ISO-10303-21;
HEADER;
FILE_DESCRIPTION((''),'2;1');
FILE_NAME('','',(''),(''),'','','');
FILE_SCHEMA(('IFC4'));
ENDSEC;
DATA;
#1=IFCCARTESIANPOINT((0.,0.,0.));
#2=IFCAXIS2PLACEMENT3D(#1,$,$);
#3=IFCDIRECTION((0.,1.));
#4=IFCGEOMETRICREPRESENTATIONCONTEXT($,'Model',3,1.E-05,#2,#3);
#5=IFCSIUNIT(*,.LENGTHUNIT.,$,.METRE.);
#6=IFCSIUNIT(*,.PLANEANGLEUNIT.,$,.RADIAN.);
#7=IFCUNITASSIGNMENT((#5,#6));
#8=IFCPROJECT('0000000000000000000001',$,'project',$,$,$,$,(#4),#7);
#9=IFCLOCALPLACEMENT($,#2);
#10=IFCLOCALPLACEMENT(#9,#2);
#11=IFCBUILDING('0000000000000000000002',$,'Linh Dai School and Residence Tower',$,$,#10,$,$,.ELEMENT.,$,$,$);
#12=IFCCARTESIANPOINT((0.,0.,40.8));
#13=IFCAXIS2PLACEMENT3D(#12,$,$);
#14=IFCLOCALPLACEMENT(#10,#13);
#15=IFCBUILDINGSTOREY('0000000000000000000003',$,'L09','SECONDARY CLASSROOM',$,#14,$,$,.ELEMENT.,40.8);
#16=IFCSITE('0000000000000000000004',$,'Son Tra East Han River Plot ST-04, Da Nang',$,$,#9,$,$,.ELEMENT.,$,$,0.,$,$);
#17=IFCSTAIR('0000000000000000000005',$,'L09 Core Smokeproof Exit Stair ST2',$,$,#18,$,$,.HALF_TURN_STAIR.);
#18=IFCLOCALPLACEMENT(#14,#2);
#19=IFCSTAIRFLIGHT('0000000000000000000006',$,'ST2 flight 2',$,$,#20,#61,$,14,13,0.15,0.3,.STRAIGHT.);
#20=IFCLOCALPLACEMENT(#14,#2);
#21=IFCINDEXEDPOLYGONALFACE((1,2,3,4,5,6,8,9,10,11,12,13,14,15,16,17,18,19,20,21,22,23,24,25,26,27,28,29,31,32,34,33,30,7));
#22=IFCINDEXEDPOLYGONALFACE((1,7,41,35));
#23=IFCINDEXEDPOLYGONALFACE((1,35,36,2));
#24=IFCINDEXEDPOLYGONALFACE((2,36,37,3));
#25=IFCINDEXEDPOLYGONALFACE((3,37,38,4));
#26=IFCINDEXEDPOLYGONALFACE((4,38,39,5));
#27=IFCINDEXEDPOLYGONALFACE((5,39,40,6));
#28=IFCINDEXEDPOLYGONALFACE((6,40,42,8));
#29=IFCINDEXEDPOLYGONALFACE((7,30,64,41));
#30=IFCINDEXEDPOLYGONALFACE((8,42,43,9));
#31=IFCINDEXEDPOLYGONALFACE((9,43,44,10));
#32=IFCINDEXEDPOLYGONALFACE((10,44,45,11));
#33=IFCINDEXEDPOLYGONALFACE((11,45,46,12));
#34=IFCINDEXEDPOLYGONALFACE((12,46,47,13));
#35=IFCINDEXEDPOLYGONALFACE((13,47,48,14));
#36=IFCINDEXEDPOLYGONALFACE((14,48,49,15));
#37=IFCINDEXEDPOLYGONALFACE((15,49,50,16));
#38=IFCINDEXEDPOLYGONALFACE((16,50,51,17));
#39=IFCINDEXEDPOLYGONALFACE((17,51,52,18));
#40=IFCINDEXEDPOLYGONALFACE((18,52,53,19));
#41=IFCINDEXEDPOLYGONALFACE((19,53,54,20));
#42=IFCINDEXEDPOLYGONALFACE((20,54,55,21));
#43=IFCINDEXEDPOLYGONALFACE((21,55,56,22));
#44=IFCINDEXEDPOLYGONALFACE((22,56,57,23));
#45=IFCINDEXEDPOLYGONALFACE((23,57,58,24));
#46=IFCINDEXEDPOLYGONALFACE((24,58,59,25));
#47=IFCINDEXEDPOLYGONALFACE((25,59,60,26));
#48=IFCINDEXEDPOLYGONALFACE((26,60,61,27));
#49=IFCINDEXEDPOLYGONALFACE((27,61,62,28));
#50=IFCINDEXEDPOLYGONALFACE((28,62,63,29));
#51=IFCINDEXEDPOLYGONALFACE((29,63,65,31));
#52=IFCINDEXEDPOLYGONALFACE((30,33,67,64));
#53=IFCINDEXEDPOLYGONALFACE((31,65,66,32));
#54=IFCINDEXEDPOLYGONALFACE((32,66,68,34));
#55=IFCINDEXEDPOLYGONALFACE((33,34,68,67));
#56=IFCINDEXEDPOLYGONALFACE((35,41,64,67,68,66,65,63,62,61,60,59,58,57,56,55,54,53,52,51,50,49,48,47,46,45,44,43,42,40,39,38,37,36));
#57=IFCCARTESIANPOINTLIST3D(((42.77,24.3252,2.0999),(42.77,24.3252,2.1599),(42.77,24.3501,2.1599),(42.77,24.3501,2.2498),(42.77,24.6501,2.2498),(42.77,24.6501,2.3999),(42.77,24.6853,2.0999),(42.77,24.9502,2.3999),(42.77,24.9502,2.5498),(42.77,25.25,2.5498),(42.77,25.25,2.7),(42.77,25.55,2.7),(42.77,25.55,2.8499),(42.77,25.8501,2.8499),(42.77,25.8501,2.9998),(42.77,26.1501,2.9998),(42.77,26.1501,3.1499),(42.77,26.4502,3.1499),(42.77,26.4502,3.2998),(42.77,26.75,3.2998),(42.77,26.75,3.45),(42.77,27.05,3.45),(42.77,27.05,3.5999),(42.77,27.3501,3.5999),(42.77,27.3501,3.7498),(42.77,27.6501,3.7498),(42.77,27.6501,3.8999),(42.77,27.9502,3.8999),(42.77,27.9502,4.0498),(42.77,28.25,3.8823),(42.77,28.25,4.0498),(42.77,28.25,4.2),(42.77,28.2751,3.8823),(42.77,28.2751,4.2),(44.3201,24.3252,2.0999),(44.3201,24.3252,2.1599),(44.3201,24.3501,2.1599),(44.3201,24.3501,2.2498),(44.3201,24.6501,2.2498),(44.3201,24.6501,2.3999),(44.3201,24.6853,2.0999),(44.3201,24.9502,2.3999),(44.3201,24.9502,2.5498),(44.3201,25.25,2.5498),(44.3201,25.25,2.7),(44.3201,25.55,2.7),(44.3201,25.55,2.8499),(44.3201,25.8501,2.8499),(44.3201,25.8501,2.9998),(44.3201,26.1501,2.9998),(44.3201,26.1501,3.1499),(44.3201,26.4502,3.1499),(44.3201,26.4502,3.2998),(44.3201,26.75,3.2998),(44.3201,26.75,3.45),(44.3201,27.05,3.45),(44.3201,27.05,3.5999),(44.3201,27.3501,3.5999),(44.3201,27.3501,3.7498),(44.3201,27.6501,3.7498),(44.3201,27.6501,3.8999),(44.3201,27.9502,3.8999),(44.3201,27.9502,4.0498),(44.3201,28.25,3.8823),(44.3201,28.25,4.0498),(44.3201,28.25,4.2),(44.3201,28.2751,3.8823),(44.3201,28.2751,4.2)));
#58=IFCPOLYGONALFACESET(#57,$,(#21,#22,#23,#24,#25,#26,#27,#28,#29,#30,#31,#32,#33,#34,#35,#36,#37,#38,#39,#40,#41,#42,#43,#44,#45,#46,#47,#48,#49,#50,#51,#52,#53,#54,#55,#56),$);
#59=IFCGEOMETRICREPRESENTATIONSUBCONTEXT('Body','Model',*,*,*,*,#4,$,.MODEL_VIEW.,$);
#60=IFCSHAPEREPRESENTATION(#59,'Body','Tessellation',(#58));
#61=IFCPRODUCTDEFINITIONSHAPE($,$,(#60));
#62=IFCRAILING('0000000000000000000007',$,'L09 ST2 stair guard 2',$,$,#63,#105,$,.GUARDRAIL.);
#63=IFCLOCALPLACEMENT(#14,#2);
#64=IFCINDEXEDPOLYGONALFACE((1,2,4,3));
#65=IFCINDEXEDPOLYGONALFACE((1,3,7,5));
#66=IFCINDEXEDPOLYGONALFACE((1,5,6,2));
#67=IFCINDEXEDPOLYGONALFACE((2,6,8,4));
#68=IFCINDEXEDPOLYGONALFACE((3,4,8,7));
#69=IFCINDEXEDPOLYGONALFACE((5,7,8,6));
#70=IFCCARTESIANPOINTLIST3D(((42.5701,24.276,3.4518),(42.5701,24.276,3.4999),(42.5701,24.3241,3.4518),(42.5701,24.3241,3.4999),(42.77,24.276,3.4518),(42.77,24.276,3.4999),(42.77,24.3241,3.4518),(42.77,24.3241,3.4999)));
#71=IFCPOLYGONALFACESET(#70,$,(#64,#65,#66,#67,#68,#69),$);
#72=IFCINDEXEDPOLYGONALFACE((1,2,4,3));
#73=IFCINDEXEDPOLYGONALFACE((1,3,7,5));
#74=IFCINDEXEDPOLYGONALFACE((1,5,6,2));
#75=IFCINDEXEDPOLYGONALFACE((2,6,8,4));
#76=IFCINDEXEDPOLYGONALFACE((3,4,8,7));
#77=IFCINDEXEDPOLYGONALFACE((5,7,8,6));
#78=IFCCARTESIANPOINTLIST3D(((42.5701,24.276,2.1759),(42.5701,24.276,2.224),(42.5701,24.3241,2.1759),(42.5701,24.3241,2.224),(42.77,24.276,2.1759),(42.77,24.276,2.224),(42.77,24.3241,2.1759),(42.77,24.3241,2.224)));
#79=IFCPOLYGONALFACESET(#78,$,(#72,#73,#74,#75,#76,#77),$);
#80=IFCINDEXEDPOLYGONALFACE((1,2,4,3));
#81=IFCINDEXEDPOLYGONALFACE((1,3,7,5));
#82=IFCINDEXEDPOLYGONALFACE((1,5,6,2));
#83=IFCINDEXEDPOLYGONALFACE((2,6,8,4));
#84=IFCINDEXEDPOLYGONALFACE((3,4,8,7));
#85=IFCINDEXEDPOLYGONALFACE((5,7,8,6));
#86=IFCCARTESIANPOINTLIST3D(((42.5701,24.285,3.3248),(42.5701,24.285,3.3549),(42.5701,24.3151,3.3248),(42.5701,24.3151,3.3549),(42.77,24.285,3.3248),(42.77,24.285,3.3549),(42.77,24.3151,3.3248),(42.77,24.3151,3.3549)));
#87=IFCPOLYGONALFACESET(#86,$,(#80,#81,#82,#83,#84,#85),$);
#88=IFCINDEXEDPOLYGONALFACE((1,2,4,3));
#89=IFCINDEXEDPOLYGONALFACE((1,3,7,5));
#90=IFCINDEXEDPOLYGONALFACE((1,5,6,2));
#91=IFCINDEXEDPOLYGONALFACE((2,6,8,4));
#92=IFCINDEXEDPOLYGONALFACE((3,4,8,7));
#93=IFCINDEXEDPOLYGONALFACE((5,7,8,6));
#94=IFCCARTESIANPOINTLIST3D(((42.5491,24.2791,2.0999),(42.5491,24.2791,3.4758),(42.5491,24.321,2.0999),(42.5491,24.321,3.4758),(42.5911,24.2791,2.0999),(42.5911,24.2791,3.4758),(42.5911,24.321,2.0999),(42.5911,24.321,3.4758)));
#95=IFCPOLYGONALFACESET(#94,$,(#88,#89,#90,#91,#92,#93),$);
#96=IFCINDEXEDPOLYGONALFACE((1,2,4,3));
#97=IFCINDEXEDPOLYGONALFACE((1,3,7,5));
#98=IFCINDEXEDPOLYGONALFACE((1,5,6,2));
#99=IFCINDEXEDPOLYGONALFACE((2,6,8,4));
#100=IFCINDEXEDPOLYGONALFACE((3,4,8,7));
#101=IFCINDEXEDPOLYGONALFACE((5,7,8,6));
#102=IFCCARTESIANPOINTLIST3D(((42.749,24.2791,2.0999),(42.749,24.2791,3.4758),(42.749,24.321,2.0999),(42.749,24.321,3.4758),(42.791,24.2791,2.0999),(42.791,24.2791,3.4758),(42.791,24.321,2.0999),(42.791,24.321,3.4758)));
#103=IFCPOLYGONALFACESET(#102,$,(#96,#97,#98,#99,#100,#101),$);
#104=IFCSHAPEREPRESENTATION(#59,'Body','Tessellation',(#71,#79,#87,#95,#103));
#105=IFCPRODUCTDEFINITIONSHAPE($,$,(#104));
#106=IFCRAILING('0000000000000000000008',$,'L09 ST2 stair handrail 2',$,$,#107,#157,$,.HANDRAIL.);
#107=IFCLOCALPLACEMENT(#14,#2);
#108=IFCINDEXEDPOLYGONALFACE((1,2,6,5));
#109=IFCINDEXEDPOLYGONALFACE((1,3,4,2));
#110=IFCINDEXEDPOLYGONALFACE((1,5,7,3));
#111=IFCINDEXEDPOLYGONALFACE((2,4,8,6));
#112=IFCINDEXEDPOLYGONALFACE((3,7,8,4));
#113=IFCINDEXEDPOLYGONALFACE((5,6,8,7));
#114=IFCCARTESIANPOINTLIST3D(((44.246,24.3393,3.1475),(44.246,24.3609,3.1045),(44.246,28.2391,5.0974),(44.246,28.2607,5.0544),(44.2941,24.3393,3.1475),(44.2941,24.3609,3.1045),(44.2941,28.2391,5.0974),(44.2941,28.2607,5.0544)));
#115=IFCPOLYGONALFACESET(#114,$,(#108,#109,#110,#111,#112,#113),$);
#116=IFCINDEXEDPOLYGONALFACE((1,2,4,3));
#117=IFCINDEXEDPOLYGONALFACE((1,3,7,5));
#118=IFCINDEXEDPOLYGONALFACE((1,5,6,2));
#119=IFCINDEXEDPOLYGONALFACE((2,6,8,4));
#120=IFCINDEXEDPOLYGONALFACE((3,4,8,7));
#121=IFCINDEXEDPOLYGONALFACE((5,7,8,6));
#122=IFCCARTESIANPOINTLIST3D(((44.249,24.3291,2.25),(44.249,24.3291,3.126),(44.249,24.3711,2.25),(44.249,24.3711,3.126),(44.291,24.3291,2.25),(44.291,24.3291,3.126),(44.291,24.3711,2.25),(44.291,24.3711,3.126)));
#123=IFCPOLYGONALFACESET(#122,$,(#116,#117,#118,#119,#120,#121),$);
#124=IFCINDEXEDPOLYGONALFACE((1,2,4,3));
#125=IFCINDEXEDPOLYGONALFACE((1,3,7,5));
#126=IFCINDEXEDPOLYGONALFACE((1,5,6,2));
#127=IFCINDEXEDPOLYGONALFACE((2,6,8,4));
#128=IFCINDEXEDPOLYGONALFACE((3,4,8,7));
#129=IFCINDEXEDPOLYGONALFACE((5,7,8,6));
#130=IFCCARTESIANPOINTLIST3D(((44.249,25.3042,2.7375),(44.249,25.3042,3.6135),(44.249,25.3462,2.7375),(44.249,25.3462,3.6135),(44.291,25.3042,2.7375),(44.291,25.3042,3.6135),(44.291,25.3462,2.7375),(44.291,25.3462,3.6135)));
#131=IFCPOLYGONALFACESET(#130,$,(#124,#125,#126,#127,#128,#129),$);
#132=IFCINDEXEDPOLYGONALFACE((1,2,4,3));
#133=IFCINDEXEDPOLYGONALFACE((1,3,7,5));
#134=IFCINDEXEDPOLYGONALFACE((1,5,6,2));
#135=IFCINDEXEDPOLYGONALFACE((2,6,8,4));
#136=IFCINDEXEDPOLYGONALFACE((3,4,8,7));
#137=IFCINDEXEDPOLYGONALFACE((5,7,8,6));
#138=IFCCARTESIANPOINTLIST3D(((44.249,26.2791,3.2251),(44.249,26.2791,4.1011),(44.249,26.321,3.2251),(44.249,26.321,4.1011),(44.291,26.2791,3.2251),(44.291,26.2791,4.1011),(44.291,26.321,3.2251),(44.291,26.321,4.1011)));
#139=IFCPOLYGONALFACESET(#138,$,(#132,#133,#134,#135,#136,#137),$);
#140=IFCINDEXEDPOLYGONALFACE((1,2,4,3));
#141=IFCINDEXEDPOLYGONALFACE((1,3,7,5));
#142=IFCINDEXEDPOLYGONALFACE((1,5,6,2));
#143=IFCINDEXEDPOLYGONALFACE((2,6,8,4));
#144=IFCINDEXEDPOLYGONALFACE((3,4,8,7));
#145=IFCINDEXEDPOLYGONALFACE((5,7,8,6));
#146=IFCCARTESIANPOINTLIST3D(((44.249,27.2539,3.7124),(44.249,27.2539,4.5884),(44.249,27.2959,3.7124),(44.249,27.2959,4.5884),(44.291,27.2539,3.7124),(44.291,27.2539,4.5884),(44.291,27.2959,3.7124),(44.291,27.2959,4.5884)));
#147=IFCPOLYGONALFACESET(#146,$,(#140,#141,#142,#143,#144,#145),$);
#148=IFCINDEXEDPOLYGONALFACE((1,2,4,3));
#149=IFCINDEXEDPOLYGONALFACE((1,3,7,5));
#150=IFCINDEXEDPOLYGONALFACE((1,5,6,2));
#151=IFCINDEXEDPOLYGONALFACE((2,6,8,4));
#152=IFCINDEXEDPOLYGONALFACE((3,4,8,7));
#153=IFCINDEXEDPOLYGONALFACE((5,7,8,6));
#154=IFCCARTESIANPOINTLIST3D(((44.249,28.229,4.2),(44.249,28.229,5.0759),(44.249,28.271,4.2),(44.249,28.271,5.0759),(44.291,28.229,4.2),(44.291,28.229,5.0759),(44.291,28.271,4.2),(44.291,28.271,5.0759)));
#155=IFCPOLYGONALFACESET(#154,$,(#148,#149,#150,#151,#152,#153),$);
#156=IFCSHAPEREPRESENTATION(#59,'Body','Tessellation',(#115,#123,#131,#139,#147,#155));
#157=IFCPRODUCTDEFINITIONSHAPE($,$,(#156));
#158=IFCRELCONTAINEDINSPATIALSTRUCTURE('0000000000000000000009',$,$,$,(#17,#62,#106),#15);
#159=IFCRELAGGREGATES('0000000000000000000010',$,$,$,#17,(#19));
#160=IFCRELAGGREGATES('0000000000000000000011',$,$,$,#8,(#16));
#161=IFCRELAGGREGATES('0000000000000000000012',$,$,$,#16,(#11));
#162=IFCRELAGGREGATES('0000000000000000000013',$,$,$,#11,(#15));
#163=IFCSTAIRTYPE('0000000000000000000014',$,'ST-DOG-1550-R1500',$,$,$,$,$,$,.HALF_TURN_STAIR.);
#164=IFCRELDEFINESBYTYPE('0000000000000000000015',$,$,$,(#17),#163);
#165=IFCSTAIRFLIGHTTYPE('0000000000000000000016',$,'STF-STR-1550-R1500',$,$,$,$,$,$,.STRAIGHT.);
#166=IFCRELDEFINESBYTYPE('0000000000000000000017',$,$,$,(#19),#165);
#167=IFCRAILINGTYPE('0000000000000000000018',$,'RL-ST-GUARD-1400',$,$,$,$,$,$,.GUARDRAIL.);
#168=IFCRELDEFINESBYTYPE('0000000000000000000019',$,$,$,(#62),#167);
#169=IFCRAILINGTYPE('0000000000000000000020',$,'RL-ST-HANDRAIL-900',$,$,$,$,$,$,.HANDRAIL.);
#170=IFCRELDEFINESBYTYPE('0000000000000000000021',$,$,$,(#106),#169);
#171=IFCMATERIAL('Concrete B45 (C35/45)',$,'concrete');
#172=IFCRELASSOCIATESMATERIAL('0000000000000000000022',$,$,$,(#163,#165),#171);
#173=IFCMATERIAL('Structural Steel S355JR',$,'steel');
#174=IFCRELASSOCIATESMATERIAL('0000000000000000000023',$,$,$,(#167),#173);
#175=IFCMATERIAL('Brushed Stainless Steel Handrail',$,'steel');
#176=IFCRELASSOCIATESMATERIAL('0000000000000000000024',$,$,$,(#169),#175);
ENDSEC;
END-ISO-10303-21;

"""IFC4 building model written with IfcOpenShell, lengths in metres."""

from ifc_helpers import new_model, si_unit, direction, frame, origin, origin_2d, place, context, subcontext, project, spatial, polyline, rectangle, outline, extrude, source, transform, mapped, material, type_object, element, aggregate, save


model = new_model("IFC4")

# Units and contexts
model_context = context("Model", 3, precision=1e-05, world=origin(), true_north=direction((0.0, 1.0)))
body_context = subcontext(model_context, "Body", "Model", "MODEL_VIEW")
ifc_project = project(units=[si_unit("LENGTHUNIT", "METRE"), si_unit("PLANEANGLEUNIT", "RADIAN")], contexts=[model_context])

# Site, building, storey
site_placement = place(None, origin())
site = spatial("IfcSite", under=ifc_project, at=site_placement, Name="Son Tra East Han River Plot ST-04, Da Nang", CompositionType="ELEMENT", RefElevation=0.0)
building_placement = place(site_placement, origin())
building = spatial("IfcBuilding", under=site, at=building_placement, Name="Linh Dai School and Residence Tower", CompositionType="ELEMENT")
storey_placement = place(building_placement, frame((0.0, 0.0, 40.8)))
storey = spatial("IfcBuildingStorey", under=building, at=storey_placement, Name="L09", Description="SECONDARY CLASSROOM", CompositionType="ELEMENT", Elevation=40.8)

# Shared definitions
ifc_material_1 = material(Name="Structural Steel S355JR", Category="steel")

# Shared definitions
ifc_material_2 = material(Name="Concrete B45 (C35/45)", Category="concrete")

# Stair, stair flight
stair_type = type_object("IfcStairType", Name="ST-DOG-1550-R1500", PredefinedType="HALF_TURN_STAIR", material=ifc_material_2)
stair_placement = place(storey_placement, origin())
stair = element("IfcStair", 1, at=stair_placement, inside=storey, type_object=stair_type, Name="L09 Core Smokeproof Exit Stair ST2", PredefinedType="HALF_TURN_STAIR")
stair_flight_type = type_object("IfcStairFlightType", Name="STF-STR-1550-R1500", PredefinedType="STRAIGHT", material=ifc_material_2)
shared_shape_1 = source(origin(), body_context, "Body", "SweptSolid", [
    extrude(outline(polyline([(-0.0249, 0.0), (-0.0249, 0.0601), (0.0, 0.0601), (0.0, 0.1499), (0.3, 0.1499), (0.3, 0.3), (0.6001, 0.3), (0.6001, 0.45), (0.8999, 0.45), (0.8999, 0.6001), (1.2, 0.6001), (1.2, 0.75), (1.5, 0.75), (1.5, 0.8999), (1.8, 0.8999), (1.8, 1.05), (2.1001, 1.05), (2.1001, 1.2), (2.3999, 1.2), (2.3999, 1.3501), (2.7, 1.3501), (2.7, 1.5), (3.0, 1.5), (3.0, 1.6499), (3.3, 1.6499), (3.3, 1.8), (3.6001, 1.8), (3.6001, 1.95), (3.8999, 1.95), (3.8999, 2.1001), (3.925, 2.1001), (3.925, 1.7825), (3.8999, 1.7825), (0.3352, 0.0), (-0.0249, 0.0)])), frame((0.0, 0.7749, 0.0), z_axis=(0.0, -1.0, 0.0), x_axis=(1.0, 0.0, 0.0)), (0.0, 0.0, 1.0), 1.55),
])
stair_flight_placement = place(storey_placement, frame((43.5449, 24.3501, 2.0999), z_axis=(0.0, 0.0, 1.0), x_axis=(0.0, 1.0, 0.0)))
stair_flight = element("IfcStairFlight", 2, at=stair_flight_placement, type_object=stair_flight_type, Name="ST2 flight 2", NumberOfRisers=14, NumberOfTreads=13, PredefinedType="STRAIGHT", RiserHeight=0.15, TreadLength=0.3, context=body_context, shape_type="MappedRepresentation", body=[
    mapped(shared_shape_1, transform((0.0, 0.0, 0.0), x_axis=(1.0, 0.0, 0.0), y_axis=(0.0, 1.0, 0.0), z_axis=(0.0, 0.0, 1.0), scale=1.0)),
])
aggregate(stair, [stair_flight])

# Railings
railing_type_1 = type_object("IfcRailingType", Name="RL-ST-GUARD-1400", PredefinedType="GUARDRAIL", material=ifc_material_1)
shared_shape_2 = source(origin(), body_context, "Body", "SweptSolid", [
    extrude(rectangle(XDim=0.0481, YDim=0.0481, at=origin_2d()), frame((0.0, 0.0, 1.376), z_axis=(1.0, 0.0, 0.0), x_axis=(0.0, 1.0, 0.0)), (0.0, 0.0, 1.0), 0.2),
    extrude(rectangle(XDim=0.0481, YDim=0.0481, at=origin_2d()), frame((0.0, 0.0, 0.1001), z_axis=(1.0, 0.0, 0.0), x_axis=(0.0, 1.0, 0.0)), (0.0, 0.0, 1.0), 0.2),
    extrude(rectangle(XDim=0.03, YDim=0.03, at=origin_2d()), frame((0.0, 0.0, 1.24), z_axis=(1.0, 0.0, 0.0), x_axis=(0.0, 1.0, 0.0)), (0.0, 0.0, 1.0), 0.2),
    extrude(rectangle(XDim=0.042, YDim=0.042, at=origin_2d()), origin(), (0.0, 0.0, 1.0), 1.376),
    extrude(rectangle(XDim=0.042, YDim=0.042, at=origin_2d()), frame((0.2, 0.0, 0.0)), (0.0, 0.0, 1.0), 1.376),
])
railing_1_placement = place(storey_placement, frame((42.5701, 24.3, 2.0999)))
element("IfcRailing", 3, at=railing_1_placement, inside=storey, type_object=railing_type_1, Name="L09 ST2 stair guard 2", PredefinedType="GUARDRAIL", context=body_context, shape_type="MappedRepresentation", body=[
    mapped(shared_shape_2, transform((0.0, 0.0, 0.0), x_axis=(1.0, 0.0, 0.0), y_axis=(0.0, 1.0, 0.0), z_axis=(0.0, 0.0, 1.0), scale=1.0)),
])
ifc_material_3 = material(Name="Brushed Stainless Steel Handrail", Category="steel")
railing_type_2 = type_object("IfcRailingType", Name="RL-ST-HANDRAIL-900", PredefinedType="HANDRAIL", material=ifc_material_3)
shared_shape_3 = source(origin(), body_context, "Body", "SweptSolid", [
    extrude(rectangle(XDim=0.0481, YDim=0.0481, at=origin_2d()), frame((0.0, 0.0, 0.876), z_axis=(0.0, 0.894427, 0.447214), x_axis=(-1.0, 0.0, 0.0)), (0.0, 0.0, 1.0), 4.3601),
    extrude(rectangle(XDim=0.042, YDim=0.042, at=origin_2d()), origin(), (0.0, 0.0, 1.0), 0.876),
    extrude(rectangle(XDim=0.042, YDim=0.042, at=origin_2d()), frame((0.0, 0.9751, 0.4875)), (0.0, 0.0, 1.0), 0.876),
    extrude(rectangle(XDim=0.042, YDim=0.042, at=origin_2d()), frame((0.0, 1.95, 0.9751)), (0.0, 0.0, 1.0), 0.876),
    extrude(rectangle(XDim=0.042, YDim=0.042, at=origin_2d()), frame((0.0, 2.9248, 1.4624)), (0.0, 0.0, 1.0), 0.876),
    extrude(rectangle(XDim=0.042, YDim=0.042, at=origin_2d()), frame((0.0, 3.8999, 1.95)), (0.0, 0.0, 1.0), 0.876),
])
railing_2_placement = place(storey_placement, frame((44.27, 24.3501, 2.25)))
element("IfcRailing", 4, at=railing_2_placement, inside=storey, type_object=railing_type_2, Name="L09 ST2 stair handrail 2", PredefinedType="HANDRAIL", context=body_context, shape_type="MappedRepresentation", body=[
    mapped(shared_shape_3, transform((0.0, 0.0, 0.0), x_axis=(1.0, 0.0, 0.0), y_axis=(0.0, 1.0, 0.0), z_axis=(0.0, 0.0, 1.0), scale=1.0)),
])

save(model, "model.ifc")
